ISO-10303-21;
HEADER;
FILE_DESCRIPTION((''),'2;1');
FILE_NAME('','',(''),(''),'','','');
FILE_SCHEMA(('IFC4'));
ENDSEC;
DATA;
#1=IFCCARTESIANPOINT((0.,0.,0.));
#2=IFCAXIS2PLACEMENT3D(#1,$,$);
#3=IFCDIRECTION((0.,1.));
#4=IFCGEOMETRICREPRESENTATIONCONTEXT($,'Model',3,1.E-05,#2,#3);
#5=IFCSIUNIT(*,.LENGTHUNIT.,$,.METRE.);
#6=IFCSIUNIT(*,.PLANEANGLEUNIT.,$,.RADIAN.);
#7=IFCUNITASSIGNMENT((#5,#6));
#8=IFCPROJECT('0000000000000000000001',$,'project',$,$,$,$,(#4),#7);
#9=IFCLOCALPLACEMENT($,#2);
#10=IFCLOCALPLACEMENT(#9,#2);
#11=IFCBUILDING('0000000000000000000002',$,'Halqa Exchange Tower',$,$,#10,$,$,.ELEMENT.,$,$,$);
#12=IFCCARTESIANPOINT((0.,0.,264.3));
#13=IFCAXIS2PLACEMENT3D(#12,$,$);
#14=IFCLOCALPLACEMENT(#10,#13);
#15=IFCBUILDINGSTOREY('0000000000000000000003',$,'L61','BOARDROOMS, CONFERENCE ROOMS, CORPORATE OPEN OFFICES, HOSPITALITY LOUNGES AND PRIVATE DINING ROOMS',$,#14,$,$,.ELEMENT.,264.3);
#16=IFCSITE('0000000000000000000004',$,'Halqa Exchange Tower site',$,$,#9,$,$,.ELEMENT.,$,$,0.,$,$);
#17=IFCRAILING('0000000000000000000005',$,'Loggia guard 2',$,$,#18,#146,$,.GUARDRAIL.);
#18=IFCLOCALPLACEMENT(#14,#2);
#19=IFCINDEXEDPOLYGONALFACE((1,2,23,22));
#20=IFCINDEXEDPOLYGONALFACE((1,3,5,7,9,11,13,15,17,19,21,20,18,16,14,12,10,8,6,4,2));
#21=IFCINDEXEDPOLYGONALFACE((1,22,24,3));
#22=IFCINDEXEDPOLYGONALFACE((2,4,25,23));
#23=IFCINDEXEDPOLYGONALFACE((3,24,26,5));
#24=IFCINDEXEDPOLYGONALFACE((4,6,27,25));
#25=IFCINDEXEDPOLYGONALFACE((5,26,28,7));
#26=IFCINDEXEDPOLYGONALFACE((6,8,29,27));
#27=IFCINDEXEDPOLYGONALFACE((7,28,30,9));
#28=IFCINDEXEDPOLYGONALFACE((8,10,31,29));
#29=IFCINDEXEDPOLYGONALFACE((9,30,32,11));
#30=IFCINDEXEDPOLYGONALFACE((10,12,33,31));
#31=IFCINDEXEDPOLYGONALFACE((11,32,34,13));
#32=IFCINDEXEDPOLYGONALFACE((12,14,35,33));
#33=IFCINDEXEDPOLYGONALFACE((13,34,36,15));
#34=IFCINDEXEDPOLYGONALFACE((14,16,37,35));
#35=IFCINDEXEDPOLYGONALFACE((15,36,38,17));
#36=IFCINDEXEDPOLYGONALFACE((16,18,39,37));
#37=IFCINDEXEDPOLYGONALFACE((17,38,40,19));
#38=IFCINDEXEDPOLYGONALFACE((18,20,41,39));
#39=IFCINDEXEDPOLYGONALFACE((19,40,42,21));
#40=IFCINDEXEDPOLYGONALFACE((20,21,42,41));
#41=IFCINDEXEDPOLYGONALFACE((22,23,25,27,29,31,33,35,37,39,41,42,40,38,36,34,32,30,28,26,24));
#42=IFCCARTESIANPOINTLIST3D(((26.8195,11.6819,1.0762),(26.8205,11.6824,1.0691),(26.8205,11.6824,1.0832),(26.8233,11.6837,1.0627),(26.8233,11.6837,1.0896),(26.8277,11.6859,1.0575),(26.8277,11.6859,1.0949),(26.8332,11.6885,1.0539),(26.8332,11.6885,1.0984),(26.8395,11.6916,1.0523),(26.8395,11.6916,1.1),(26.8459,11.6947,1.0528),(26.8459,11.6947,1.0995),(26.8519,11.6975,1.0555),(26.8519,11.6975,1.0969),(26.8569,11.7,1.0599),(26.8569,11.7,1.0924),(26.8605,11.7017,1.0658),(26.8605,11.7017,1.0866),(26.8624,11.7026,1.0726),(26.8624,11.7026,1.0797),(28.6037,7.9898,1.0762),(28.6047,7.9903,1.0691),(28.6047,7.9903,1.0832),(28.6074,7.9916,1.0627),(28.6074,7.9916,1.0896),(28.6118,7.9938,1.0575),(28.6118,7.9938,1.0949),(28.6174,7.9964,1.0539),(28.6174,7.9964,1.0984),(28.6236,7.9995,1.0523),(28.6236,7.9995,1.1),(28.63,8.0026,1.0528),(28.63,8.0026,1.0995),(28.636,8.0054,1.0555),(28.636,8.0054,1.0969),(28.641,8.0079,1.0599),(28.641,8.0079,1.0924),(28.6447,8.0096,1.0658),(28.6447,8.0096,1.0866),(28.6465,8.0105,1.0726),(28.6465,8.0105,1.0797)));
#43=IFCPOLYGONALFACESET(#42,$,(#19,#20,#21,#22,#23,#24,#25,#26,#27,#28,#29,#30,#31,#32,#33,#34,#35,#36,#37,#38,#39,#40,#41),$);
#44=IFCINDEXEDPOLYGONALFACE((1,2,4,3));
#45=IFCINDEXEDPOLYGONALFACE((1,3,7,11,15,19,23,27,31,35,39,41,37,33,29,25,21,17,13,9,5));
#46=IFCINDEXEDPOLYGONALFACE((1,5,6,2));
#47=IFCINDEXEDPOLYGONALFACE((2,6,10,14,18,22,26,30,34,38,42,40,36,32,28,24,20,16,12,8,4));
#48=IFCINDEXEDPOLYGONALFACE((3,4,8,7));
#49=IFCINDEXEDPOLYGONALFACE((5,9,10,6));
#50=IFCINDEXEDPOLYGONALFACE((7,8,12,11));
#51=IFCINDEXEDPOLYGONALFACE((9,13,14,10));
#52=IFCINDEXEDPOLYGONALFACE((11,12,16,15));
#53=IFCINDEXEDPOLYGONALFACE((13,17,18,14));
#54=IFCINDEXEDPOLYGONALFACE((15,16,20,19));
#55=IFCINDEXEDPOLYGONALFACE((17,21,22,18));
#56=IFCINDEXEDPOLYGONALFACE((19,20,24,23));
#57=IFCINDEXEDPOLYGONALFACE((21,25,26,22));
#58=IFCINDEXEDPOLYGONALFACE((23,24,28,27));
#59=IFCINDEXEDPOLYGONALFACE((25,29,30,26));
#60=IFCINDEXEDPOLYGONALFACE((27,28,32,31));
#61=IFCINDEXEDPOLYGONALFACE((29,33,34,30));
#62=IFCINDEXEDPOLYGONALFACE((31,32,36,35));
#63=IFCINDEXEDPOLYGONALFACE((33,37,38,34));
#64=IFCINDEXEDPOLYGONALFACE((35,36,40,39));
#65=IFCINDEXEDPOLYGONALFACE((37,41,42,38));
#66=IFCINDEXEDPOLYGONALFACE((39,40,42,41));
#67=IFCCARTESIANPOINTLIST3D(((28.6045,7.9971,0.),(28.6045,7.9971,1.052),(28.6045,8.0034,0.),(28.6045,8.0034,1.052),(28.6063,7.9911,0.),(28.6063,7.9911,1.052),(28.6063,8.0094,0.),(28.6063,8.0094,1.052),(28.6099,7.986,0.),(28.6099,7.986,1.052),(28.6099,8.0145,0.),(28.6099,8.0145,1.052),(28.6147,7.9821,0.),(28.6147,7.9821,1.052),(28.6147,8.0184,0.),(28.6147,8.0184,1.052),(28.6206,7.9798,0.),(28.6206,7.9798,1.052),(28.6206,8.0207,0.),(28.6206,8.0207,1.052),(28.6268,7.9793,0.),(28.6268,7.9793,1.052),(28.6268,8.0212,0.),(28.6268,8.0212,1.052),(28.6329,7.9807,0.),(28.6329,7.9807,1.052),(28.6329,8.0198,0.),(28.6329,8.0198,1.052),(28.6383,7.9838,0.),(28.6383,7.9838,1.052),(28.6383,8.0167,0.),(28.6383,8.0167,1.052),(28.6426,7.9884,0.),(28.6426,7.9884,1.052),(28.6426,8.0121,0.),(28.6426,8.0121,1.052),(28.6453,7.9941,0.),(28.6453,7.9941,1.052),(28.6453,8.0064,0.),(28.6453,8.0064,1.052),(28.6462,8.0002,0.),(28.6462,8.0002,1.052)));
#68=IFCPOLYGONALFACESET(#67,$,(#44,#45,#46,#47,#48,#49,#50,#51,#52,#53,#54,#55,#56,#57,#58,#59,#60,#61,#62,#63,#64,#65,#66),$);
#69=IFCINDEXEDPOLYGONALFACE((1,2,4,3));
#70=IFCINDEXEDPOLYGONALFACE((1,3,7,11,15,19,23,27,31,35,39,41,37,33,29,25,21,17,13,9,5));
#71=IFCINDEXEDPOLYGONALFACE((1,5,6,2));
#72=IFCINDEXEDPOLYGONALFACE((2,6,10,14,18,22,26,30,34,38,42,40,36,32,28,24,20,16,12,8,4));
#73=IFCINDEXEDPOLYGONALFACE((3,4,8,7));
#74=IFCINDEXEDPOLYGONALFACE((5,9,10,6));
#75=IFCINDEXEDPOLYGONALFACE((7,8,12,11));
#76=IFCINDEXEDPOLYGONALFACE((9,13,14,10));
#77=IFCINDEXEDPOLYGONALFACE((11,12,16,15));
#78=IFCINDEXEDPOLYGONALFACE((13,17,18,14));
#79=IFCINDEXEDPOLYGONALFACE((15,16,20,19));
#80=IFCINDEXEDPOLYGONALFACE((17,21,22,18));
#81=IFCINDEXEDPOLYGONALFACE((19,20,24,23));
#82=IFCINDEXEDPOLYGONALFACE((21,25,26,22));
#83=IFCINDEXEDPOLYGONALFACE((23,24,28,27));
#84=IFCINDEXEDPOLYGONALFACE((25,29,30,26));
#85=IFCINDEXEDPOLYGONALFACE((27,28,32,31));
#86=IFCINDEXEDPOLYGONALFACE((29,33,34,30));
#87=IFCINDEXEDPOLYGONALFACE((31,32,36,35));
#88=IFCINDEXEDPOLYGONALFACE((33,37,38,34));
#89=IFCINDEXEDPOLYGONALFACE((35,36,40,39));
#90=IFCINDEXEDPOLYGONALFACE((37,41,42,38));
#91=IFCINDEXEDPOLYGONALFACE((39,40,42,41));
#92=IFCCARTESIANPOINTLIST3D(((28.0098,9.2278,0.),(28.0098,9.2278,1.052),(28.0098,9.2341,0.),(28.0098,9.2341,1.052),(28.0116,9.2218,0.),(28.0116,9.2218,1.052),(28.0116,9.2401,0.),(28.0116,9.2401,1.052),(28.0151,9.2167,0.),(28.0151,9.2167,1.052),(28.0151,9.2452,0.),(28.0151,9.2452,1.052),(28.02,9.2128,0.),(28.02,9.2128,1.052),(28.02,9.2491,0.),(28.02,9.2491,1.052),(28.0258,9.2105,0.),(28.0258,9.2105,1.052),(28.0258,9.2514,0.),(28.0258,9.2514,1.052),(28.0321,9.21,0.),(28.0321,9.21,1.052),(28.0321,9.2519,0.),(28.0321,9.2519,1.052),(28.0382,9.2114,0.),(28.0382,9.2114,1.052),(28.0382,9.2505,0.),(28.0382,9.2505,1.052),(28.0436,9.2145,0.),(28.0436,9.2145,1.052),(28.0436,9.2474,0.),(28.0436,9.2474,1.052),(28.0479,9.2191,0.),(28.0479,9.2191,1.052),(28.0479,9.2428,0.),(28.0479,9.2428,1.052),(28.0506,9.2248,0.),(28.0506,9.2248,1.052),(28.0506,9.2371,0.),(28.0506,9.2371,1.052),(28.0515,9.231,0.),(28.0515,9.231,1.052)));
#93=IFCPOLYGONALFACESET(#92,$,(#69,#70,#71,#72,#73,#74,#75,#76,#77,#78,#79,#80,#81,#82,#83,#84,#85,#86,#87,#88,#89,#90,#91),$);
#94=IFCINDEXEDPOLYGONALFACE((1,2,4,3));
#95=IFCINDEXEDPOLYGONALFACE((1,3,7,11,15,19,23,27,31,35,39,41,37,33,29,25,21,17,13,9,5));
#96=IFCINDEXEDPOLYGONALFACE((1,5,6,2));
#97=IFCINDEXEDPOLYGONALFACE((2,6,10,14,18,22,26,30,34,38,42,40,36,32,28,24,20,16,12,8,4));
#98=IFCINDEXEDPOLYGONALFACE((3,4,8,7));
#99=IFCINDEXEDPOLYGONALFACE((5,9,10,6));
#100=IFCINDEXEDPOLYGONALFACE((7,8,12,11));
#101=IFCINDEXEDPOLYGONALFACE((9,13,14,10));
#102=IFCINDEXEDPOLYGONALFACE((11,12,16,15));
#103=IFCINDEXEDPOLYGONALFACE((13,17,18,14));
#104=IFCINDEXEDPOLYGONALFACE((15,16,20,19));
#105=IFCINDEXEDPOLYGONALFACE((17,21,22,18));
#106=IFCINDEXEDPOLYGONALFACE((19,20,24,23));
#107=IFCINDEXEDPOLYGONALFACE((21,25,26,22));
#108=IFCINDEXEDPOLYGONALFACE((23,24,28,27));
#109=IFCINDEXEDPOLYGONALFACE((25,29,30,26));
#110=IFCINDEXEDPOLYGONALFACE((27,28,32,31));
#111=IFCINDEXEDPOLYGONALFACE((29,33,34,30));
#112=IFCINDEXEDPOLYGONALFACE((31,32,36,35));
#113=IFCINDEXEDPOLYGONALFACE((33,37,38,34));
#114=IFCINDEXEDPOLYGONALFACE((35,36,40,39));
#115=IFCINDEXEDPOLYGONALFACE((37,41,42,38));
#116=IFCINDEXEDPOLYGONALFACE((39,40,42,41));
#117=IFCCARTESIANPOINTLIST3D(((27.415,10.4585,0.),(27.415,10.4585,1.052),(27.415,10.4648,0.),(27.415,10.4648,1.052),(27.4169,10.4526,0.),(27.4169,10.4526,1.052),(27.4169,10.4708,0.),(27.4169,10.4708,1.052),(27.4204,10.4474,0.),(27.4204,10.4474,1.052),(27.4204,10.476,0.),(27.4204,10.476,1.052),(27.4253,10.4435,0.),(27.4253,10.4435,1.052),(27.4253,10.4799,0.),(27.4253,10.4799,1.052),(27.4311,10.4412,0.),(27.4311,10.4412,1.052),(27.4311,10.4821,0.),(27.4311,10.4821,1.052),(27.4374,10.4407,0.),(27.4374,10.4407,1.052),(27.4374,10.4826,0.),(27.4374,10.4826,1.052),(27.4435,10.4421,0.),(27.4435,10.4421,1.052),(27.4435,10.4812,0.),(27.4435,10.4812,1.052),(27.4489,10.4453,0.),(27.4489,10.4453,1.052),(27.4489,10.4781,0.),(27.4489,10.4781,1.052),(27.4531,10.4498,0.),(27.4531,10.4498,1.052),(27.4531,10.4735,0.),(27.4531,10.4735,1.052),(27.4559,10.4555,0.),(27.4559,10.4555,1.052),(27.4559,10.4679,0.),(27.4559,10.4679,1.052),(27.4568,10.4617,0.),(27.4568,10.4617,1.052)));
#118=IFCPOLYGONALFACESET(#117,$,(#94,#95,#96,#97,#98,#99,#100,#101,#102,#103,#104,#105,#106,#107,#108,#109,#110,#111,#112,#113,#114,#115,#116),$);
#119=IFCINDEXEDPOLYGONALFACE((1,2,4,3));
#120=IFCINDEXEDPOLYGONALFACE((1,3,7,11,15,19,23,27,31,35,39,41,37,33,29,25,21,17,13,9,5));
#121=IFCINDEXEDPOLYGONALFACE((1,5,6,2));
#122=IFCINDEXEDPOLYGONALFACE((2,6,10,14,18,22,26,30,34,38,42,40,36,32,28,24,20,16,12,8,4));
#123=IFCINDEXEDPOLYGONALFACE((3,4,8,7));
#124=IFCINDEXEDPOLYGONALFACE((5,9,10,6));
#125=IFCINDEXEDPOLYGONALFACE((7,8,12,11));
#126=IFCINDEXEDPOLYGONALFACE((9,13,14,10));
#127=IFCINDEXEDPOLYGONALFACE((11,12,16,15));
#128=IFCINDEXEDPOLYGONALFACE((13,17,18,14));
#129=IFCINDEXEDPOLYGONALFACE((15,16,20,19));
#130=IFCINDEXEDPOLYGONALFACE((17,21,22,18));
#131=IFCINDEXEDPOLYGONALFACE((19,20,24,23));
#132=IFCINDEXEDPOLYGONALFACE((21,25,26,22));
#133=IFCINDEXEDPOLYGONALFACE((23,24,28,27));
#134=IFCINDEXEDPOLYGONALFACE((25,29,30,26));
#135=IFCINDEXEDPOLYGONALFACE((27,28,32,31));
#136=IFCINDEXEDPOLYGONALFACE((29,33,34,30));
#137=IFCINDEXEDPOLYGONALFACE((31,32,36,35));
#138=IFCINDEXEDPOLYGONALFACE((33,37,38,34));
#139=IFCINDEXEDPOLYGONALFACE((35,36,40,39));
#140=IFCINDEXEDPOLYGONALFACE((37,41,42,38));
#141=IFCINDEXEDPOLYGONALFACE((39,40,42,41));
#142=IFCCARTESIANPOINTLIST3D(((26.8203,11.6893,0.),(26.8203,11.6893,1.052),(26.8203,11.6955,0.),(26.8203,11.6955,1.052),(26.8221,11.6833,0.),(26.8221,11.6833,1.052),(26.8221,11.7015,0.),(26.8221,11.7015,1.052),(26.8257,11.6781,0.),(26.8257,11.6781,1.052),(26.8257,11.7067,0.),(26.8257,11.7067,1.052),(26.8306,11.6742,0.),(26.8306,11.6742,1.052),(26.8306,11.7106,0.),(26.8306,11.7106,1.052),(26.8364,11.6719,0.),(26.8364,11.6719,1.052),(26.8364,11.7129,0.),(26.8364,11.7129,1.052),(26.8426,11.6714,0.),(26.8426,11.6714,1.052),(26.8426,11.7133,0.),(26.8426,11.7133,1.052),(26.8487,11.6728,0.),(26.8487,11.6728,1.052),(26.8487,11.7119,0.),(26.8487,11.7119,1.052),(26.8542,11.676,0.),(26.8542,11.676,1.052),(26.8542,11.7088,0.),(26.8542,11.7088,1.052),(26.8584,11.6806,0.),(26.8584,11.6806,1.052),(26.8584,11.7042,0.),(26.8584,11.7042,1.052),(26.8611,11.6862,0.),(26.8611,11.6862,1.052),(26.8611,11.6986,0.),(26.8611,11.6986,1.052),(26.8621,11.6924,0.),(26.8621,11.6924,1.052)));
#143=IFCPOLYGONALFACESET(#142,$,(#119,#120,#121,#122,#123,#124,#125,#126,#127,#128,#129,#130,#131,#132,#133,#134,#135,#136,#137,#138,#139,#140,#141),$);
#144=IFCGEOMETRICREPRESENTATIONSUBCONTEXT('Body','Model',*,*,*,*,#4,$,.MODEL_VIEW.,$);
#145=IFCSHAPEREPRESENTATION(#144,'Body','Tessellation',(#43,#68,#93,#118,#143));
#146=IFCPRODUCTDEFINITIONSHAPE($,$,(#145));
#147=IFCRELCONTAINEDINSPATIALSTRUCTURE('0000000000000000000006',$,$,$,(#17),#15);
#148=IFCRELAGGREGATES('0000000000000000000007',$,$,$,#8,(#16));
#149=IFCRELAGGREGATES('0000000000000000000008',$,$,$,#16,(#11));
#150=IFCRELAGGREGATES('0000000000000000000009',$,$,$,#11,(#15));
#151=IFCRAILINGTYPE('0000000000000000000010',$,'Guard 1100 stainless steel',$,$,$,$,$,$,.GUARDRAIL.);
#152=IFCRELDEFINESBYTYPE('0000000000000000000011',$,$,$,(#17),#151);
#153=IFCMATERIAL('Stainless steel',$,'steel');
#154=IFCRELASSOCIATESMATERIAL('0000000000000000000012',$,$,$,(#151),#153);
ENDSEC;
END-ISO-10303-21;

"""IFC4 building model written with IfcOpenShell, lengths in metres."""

from ifc_helpers import new_model, si_unit, direction, frame, origin, origin_2d, place, context, subcontext, project, spatial, circle, extrude, material, type_object, element, save


model = new_model("IFC4")

# Units and contexts
model_context = context("Model", 3, precision=1e-05, world=origin(), true_north=direction((0.0, 1.0)))
body_context = subcontext(model_context, "Body", "Model", "MODEL_VIEW")
ifc_project = project(units=[si_unit("LENGTHUNIT", "METRE"), si_unit("PLANEANGLEUNIT", "RADIAN")], contexts=[model_context])

# Site, building, storey
site_placement = place(None, origin())
site = spatial("IfcSite", under=ifc_project, at=site_placement, Name="Halqa Exchange Tower site", CompositionType="ELEMENT", RefElevation=0.0)
building_placement = place(site_placement, origin())
building = spatial("IfcBuilding", under=site, at=building_placement, Name="Halqa Exchange Tower", CompositionType="ELEMENT")
storey_placement = place(building_placement, frame((0.0, 0.0, 264.3)))
storey = spatial("IfcBuildingStorey", under=building, at=storey_placement, Name="L61", Description="BOARDROOMS, CONFERENCE ROOMS, CORPORATE OPEN OFFICES, HOSPITALITY LOUNGES AND PRIVATE DINING ROOMS", CompositionType="ELEMENT", Elevation=264.3)

# Railing
ifc_material_1 = material(Name="Stainless steel", Category="steel")
railing_type = type_object("IfcRailingType", Name="Guard 1100 stainless steel", PredefinedType="GUARDRAIL", material=ifc_material_1)
railing_1_placement = place(storey_placement, frame((28.6252, 8.0002, 0.0)))
element("IfcRailing", 1, at=railing_1_placement, inside=storey, type_object=railing_type, Name="Loggia guard 2", PredefinedType="GUARDRAIL", context=body_context, shape_type="SweptSolid", body=[
    extrude(circle(Radius=0.0239, at=origin_2d()), frame((0.0, 0.0, 1.0762), z_axis=(-0.435099, 0.900383, 0.0), x_axis=(-0.900383, -0.435099, 0.0)), (0.0, 0.0, 1.0), 4.1006),
    extrude(circle(Radius=0.021, at=origin_2d()), origin(), (0.0, 0.0, 1.0), 1.052),
    extrude(circle(Radius=0.021, at=origin_2d()), frame((-0.5947, 1.2307, 0.0)), (0.0, 0.0, 1.0), 1.052),
    extrude(circle(Radius=0.021, at=origin_2d()), frame((-1.1895, 2.4614, 0.0)), (0.0, 0.0, 1.0), 1.052),
    extrude(circle(Radius=0.021, at=origin_2d()), frame((-1.7842, 3.6921, 0.0)), (0.0, 0.0, 1.0), 1.052),
])

save(model, "model.ifc")
